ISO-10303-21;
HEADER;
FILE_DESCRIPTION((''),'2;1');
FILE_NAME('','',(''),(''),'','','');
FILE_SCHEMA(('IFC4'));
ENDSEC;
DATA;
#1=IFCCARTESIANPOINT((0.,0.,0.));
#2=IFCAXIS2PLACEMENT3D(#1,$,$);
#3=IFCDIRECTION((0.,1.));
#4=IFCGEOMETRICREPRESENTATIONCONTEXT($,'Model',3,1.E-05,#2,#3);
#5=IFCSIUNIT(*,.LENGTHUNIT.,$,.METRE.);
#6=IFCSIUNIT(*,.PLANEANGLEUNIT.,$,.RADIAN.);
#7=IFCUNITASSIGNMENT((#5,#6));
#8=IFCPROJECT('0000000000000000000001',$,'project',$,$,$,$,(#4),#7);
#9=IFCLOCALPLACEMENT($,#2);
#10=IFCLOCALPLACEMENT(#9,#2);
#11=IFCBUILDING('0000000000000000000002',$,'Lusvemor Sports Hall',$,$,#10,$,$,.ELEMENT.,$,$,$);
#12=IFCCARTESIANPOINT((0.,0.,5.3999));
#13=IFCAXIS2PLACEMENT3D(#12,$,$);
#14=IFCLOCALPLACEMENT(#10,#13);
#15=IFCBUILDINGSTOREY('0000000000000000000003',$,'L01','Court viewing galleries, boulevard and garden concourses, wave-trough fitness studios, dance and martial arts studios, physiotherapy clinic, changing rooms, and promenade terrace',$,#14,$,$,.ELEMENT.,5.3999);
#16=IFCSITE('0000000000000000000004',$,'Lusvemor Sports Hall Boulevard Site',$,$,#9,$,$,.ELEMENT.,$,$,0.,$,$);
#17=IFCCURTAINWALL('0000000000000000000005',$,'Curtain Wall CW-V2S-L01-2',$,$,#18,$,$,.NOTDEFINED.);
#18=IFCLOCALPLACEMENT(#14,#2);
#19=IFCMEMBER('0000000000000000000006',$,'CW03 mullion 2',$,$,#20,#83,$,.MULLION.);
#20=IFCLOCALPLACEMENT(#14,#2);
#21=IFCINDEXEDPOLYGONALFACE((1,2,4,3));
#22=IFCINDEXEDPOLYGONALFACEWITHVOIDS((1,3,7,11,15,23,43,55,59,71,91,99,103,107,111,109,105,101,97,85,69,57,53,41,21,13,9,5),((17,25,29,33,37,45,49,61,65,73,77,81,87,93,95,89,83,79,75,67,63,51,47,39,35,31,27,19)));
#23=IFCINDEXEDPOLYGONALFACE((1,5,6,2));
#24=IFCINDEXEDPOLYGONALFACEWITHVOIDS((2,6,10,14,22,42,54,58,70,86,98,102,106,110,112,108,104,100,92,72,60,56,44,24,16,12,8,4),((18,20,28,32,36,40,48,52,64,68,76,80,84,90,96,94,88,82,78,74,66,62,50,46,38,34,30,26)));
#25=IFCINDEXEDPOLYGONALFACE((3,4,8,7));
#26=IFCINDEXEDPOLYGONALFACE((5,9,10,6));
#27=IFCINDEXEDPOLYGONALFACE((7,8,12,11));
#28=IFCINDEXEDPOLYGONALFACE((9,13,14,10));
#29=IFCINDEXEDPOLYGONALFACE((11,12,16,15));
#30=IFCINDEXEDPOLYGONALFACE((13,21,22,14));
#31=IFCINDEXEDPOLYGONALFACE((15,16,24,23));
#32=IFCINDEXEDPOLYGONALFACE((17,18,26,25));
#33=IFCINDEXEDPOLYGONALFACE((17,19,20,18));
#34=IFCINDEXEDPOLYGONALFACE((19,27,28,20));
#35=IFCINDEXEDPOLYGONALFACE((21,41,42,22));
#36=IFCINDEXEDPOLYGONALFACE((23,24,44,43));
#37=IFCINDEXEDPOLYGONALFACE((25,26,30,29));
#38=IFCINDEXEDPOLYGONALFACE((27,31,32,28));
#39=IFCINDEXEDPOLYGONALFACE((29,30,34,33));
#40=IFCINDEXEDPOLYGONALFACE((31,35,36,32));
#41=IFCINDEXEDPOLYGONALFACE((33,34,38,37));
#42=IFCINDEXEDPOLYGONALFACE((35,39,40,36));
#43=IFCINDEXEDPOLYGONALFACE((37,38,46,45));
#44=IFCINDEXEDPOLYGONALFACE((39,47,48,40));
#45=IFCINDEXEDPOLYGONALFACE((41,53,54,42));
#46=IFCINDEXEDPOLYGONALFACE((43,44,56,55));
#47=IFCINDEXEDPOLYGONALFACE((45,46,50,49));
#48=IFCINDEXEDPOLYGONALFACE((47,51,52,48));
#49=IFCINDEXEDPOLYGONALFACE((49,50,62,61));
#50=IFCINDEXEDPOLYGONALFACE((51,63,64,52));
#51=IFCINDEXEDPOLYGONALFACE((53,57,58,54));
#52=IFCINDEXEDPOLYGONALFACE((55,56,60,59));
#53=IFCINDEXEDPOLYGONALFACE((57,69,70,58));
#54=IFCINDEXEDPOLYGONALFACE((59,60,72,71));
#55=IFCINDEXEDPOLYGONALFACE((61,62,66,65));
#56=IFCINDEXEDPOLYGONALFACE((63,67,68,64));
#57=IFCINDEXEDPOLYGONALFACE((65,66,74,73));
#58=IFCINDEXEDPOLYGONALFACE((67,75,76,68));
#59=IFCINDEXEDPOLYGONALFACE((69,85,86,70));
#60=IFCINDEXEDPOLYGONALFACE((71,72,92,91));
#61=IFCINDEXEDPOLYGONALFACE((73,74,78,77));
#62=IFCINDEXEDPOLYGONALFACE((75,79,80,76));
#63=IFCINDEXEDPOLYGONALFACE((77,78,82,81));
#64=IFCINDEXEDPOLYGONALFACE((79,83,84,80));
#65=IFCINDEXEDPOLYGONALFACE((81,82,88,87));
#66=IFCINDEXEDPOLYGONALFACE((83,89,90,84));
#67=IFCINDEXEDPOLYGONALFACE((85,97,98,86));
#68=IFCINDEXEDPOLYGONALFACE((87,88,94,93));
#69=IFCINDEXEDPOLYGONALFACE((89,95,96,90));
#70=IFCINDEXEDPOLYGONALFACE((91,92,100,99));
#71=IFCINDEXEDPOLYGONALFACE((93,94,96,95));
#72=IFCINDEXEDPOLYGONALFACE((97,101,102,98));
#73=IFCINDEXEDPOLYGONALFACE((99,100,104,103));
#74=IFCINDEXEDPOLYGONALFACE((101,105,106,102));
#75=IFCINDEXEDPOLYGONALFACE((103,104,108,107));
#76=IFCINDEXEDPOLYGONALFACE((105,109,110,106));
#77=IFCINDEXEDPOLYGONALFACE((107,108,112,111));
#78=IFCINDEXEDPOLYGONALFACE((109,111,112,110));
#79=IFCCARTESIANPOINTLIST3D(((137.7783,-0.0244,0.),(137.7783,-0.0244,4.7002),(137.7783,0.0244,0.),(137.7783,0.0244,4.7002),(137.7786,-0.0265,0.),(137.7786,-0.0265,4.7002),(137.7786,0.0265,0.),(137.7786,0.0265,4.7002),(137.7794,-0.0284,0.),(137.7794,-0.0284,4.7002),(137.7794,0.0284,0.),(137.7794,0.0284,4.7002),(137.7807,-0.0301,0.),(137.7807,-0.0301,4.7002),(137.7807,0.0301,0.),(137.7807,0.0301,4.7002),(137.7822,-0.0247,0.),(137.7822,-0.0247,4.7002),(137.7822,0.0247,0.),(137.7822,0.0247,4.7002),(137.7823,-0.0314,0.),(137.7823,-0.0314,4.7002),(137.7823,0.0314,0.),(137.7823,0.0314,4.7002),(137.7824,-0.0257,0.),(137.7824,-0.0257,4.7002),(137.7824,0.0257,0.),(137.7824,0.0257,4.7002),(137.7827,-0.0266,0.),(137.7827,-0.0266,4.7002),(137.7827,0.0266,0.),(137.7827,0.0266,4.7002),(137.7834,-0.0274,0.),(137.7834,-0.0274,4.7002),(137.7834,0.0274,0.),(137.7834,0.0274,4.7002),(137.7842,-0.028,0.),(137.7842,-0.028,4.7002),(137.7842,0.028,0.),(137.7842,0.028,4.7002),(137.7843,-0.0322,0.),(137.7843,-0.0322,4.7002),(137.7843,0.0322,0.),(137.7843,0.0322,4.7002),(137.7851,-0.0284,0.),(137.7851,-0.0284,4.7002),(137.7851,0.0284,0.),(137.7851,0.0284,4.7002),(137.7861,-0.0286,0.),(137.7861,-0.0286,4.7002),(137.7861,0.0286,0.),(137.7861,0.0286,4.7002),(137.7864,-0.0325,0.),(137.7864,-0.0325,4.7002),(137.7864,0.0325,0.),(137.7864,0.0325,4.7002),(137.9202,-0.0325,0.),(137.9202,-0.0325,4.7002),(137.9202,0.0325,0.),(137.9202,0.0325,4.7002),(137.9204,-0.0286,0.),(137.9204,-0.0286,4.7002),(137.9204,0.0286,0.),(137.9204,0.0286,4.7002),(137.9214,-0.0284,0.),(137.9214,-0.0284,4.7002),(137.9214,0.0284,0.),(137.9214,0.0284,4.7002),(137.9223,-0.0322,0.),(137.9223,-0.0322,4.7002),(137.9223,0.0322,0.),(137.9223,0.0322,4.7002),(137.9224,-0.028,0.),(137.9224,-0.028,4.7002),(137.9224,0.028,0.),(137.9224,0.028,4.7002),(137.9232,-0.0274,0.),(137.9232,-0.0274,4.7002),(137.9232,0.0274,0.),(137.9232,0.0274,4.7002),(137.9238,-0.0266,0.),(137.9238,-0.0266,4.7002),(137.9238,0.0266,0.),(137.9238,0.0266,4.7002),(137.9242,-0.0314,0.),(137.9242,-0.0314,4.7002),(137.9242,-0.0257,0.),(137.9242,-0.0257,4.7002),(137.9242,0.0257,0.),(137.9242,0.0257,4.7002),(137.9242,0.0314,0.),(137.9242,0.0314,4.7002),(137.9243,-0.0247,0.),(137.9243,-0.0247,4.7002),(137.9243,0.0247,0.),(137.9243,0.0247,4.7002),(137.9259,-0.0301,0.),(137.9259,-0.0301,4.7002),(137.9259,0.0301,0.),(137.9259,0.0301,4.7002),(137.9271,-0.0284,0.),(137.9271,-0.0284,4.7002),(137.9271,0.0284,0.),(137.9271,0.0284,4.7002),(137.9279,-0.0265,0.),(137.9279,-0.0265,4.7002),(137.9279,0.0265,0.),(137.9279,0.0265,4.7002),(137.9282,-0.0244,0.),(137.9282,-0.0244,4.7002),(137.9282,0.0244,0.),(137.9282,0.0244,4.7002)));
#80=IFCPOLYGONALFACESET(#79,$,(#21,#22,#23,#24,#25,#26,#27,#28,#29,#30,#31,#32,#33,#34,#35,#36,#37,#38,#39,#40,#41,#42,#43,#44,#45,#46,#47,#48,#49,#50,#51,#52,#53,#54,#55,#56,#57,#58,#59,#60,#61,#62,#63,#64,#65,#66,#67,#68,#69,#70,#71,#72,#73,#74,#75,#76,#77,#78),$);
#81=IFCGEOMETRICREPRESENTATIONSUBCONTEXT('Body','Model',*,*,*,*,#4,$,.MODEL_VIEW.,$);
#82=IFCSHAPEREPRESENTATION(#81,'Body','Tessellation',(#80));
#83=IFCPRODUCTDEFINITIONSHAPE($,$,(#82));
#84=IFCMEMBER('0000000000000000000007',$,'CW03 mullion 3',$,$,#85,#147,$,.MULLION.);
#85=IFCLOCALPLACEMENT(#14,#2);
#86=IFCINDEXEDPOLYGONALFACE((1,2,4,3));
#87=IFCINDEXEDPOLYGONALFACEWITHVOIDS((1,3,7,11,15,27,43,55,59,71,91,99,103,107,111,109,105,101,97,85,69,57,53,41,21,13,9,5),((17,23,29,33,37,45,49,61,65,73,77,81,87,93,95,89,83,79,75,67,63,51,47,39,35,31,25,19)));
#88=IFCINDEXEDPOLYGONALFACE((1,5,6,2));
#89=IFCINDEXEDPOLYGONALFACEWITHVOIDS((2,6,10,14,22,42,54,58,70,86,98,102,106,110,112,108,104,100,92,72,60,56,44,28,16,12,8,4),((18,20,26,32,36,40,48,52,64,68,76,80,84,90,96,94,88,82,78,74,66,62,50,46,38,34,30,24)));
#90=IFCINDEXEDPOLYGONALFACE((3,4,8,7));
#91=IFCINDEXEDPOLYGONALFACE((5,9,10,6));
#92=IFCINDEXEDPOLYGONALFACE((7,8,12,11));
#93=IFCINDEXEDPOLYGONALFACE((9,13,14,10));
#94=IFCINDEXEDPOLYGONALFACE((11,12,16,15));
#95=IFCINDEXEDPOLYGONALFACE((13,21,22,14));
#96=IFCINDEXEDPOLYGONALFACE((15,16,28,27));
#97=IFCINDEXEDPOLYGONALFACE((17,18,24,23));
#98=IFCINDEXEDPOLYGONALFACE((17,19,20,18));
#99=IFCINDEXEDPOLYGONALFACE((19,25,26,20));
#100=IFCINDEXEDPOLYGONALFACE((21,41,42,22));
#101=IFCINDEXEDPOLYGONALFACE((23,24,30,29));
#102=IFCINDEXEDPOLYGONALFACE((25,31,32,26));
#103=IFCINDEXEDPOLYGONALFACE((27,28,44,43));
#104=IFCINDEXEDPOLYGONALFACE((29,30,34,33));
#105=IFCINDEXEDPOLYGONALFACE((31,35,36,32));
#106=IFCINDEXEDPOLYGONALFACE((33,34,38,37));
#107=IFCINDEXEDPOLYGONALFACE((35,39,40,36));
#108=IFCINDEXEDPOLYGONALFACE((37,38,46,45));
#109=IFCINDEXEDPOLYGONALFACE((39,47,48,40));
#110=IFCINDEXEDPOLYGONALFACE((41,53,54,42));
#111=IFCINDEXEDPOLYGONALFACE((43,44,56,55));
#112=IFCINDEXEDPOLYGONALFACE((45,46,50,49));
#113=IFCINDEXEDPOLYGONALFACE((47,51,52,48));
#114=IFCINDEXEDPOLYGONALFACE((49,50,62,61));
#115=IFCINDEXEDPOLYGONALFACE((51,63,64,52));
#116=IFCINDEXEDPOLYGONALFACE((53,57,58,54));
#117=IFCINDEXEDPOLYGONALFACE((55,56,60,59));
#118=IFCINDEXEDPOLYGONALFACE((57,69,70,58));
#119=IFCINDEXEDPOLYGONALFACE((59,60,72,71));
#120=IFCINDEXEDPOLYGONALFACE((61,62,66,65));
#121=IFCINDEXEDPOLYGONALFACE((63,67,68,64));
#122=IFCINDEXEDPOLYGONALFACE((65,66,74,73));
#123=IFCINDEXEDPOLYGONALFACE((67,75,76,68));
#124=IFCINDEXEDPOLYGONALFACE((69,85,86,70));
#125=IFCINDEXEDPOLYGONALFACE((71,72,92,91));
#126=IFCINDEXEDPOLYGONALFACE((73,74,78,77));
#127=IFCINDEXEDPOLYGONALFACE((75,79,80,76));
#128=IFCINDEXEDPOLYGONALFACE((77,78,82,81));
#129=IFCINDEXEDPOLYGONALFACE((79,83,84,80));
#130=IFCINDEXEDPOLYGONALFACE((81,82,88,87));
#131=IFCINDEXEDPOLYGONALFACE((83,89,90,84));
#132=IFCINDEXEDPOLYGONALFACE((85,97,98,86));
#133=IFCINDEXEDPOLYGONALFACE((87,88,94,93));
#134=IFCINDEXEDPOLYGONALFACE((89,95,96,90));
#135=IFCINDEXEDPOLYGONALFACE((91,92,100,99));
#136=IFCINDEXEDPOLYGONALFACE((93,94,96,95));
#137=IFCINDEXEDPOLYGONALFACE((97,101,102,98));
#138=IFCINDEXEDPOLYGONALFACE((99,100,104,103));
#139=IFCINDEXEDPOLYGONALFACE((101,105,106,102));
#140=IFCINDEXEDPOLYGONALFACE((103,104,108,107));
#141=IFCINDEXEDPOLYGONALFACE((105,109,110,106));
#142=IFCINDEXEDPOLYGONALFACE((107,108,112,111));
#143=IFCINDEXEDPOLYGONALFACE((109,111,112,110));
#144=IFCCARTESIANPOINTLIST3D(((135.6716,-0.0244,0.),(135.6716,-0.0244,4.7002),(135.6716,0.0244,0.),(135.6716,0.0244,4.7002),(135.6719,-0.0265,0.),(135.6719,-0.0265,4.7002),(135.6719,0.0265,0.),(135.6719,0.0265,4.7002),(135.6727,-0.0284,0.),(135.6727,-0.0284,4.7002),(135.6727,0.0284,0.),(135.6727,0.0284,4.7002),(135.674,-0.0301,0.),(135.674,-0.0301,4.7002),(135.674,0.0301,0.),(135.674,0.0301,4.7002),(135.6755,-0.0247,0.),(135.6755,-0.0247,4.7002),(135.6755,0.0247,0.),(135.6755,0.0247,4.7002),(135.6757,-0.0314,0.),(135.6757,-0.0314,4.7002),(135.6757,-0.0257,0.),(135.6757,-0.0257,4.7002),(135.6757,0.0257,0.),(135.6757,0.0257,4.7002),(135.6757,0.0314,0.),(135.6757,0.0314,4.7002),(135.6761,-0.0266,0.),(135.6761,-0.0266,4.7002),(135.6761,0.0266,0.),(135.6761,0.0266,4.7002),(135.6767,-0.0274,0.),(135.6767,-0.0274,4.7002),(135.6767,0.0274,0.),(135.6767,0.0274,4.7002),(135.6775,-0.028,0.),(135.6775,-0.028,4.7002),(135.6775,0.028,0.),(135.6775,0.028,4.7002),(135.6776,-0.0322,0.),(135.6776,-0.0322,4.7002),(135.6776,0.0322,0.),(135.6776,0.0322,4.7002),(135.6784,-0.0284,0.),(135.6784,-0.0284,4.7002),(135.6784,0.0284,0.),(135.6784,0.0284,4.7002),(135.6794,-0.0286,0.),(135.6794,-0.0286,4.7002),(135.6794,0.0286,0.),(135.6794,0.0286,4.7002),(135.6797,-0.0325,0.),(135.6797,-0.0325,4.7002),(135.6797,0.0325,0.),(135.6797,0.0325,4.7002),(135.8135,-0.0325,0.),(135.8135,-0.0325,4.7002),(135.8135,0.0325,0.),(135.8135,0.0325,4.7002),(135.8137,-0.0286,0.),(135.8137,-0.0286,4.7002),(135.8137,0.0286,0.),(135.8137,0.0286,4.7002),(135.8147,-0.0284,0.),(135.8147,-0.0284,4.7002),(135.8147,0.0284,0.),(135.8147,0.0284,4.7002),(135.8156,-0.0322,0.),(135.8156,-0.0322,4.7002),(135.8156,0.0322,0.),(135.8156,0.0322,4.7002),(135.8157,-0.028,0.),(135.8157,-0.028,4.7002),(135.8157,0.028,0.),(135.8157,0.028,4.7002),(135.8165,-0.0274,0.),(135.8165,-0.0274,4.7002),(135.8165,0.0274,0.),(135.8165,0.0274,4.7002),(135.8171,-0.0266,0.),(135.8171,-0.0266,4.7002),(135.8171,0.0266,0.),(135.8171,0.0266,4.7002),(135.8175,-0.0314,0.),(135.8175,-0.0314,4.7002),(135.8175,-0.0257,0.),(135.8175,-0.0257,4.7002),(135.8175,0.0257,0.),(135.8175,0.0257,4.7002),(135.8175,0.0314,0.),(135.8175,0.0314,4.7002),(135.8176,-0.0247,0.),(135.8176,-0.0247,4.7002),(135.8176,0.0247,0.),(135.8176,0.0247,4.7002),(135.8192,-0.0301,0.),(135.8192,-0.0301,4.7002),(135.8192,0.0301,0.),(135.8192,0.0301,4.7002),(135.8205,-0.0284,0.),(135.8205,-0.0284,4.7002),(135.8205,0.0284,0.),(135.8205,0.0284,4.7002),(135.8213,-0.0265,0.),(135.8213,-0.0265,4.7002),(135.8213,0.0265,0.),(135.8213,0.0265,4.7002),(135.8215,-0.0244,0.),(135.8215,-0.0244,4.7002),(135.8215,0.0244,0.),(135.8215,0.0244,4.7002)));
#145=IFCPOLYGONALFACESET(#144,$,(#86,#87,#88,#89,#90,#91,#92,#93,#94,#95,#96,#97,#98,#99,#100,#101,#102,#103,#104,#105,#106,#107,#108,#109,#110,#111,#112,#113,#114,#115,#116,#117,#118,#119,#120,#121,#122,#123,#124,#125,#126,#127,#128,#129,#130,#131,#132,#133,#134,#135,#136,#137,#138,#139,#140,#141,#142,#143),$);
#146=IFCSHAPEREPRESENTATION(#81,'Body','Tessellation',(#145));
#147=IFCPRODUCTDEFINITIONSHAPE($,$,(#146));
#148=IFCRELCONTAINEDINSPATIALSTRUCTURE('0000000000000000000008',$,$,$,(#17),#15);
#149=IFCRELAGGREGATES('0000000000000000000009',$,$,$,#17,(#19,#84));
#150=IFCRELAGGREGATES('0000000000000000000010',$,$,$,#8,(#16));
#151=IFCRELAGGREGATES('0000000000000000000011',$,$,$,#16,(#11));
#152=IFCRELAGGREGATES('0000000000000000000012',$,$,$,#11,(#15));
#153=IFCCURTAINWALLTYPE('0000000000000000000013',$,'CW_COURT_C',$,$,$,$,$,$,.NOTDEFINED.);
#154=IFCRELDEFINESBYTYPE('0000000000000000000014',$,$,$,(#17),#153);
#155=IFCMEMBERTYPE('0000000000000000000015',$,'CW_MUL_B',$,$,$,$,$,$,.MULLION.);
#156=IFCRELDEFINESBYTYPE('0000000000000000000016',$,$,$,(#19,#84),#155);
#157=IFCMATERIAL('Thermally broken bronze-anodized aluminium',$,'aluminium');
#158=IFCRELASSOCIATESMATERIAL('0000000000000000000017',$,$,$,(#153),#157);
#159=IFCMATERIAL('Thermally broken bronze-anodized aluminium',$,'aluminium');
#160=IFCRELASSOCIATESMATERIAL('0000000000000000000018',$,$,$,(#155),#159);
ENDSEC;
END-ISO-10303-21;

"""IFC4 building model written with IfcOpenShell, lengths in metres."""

from ifc_helpers import new_model, si_unit, direction, frame, origin, origin_2d, place, context, subcontext, project, spatial, hollow_rectangle, extrude, material, material_profile, profile_set, type_object, element, aggregate, save


model = new_model("IFC4")

# Units and contexts
model_context = context("Model", 3, precision=1e-05, world=origin(), true_north=direction((0.0, 1.0)))
body_context = subcontext(model_context, "Body", "Model", "MODEL_VIEW")
ifc_project = project(units=[si_unit("LENGTHUNIT", "METRE"), si_unit("PLANEANGLEUNIT", "RADIAN")], contexts=[model_context])

# Site, building, storey
site_placement = place(None, origin())
site = spatial("IfcSite", under=ifc_project, at=site_placement, Name="Lusvemor Sports Hall Boulevard Site", CompositionType="ELEMENT", RefElevation=0.0)
building_placement = place(site_placement, origin())
building = spatial("IfcBuilding", under=site, at=building_placement, Name="Lusvemor Sports Hall", CompositionType="ELEMENT")
storey_placement = place(building_placement, frame((0.0, 0.0, 5.3999)))
storey = spatial("IfcBuildingStorey", under=building, at=storey_placement, Name="L01", Description="Court viewing galleries, boulevard and garden concourses, wave-trough fitness studios, dance and martial arts studios, physiotherapy clinic, changing rooms, and promenade terrace", CompositionType="ELEMENT", Elevation=5.3999)

# Curtain wall, members
ifc_material_1 = material(Name="Thermally broken bronze-anodized aluminium", Category="aluminium")
curtain_wall_type = type_object("IfcCurtainWallType", Name="CW_COURT_C", PredefinedType="NOTDEFINED", material=ifc_material_1)
curtain_wall_placement = place(storey_placement, origin())
curtain_wall = element("IfcCurtainWall", 1, at=curtain_wall_placement, inside=storey, type_object=curtain_wall_type, Name="Curtain Wall CW-V2S-L01-2", PredefinedType="NOTDEFINED")
ifc_material_2 = material(Name="Thermally broken bronze-anodized aluminium", Category="aluminium")
ifc_material_profile_1 = material_profile(ifc_material_2, hollow_rectangle(XDim=0.0649, YDim=0.1499, WallThickness=0.0039, InnerFilletRadius=0.0039, OuterFilletRadius=0.0081, at=origin_2d()), Name="CWMUL150x65x4")
ifc_profile_set_1 = profile_set([ifc_material_profile_1], Name="Thermally broken bronze-anodized aluminium")
member_type_1 = type_object("IfcMemberType", Name="CW_MUL_B", PredefinedType="MULLION", material=ifc_profile_set_1)
member_1_placement = place(storey_placement, frame((137.8533, 0.0, 0.0), z_axis=(0.0, 0.0, 1.0), x_axis=(0.0, -1.0, 0.0)))
member_1 = element("IfcMember", 2, at=member_1_placement, type_object=member_type_1, Name="CW03 mullion 2", PredefinedType="MULLION", context=body_context, shape_type="SweptSolid", body=[
    extrude(hollow_rectangle(XDim=0.0649, YDim=0.1499, WallThickness=0.0039, InnerFilletRadius=0.0039, OuterFilletRadius=0.0081, at=origin_2d()), origin(), (0.0, 0.0, 1.0), 4.7002),
])
member_2_placement = place(storey_placement, frame((135.7466, 0.0, 0.0), z_axis=(0.0, 0.0, 1.0), x_axis=(0.0, -1.0, 0.0)))
member_2 = element("IfcMember", 3, at=member_2_placement, type_object=member_type_1, Name="CW03 mullion 3", PredefinedType="MULLION", context=body_context, shape_type="SweptSolid", body=[
    extrude(hollow_rectangle(XDim=0.0649, YDim=0.1499, WallThickness=0.0039, InnerFilletRadius=0.0039, OuterFilletRadius=0.0081, at=origin_2d()), origin(), (0.0, 0.0, 1.0), 4.7002),
])

aggregate(curtain_wall, [member_1, member_2])

save(model, "model.ifc")
